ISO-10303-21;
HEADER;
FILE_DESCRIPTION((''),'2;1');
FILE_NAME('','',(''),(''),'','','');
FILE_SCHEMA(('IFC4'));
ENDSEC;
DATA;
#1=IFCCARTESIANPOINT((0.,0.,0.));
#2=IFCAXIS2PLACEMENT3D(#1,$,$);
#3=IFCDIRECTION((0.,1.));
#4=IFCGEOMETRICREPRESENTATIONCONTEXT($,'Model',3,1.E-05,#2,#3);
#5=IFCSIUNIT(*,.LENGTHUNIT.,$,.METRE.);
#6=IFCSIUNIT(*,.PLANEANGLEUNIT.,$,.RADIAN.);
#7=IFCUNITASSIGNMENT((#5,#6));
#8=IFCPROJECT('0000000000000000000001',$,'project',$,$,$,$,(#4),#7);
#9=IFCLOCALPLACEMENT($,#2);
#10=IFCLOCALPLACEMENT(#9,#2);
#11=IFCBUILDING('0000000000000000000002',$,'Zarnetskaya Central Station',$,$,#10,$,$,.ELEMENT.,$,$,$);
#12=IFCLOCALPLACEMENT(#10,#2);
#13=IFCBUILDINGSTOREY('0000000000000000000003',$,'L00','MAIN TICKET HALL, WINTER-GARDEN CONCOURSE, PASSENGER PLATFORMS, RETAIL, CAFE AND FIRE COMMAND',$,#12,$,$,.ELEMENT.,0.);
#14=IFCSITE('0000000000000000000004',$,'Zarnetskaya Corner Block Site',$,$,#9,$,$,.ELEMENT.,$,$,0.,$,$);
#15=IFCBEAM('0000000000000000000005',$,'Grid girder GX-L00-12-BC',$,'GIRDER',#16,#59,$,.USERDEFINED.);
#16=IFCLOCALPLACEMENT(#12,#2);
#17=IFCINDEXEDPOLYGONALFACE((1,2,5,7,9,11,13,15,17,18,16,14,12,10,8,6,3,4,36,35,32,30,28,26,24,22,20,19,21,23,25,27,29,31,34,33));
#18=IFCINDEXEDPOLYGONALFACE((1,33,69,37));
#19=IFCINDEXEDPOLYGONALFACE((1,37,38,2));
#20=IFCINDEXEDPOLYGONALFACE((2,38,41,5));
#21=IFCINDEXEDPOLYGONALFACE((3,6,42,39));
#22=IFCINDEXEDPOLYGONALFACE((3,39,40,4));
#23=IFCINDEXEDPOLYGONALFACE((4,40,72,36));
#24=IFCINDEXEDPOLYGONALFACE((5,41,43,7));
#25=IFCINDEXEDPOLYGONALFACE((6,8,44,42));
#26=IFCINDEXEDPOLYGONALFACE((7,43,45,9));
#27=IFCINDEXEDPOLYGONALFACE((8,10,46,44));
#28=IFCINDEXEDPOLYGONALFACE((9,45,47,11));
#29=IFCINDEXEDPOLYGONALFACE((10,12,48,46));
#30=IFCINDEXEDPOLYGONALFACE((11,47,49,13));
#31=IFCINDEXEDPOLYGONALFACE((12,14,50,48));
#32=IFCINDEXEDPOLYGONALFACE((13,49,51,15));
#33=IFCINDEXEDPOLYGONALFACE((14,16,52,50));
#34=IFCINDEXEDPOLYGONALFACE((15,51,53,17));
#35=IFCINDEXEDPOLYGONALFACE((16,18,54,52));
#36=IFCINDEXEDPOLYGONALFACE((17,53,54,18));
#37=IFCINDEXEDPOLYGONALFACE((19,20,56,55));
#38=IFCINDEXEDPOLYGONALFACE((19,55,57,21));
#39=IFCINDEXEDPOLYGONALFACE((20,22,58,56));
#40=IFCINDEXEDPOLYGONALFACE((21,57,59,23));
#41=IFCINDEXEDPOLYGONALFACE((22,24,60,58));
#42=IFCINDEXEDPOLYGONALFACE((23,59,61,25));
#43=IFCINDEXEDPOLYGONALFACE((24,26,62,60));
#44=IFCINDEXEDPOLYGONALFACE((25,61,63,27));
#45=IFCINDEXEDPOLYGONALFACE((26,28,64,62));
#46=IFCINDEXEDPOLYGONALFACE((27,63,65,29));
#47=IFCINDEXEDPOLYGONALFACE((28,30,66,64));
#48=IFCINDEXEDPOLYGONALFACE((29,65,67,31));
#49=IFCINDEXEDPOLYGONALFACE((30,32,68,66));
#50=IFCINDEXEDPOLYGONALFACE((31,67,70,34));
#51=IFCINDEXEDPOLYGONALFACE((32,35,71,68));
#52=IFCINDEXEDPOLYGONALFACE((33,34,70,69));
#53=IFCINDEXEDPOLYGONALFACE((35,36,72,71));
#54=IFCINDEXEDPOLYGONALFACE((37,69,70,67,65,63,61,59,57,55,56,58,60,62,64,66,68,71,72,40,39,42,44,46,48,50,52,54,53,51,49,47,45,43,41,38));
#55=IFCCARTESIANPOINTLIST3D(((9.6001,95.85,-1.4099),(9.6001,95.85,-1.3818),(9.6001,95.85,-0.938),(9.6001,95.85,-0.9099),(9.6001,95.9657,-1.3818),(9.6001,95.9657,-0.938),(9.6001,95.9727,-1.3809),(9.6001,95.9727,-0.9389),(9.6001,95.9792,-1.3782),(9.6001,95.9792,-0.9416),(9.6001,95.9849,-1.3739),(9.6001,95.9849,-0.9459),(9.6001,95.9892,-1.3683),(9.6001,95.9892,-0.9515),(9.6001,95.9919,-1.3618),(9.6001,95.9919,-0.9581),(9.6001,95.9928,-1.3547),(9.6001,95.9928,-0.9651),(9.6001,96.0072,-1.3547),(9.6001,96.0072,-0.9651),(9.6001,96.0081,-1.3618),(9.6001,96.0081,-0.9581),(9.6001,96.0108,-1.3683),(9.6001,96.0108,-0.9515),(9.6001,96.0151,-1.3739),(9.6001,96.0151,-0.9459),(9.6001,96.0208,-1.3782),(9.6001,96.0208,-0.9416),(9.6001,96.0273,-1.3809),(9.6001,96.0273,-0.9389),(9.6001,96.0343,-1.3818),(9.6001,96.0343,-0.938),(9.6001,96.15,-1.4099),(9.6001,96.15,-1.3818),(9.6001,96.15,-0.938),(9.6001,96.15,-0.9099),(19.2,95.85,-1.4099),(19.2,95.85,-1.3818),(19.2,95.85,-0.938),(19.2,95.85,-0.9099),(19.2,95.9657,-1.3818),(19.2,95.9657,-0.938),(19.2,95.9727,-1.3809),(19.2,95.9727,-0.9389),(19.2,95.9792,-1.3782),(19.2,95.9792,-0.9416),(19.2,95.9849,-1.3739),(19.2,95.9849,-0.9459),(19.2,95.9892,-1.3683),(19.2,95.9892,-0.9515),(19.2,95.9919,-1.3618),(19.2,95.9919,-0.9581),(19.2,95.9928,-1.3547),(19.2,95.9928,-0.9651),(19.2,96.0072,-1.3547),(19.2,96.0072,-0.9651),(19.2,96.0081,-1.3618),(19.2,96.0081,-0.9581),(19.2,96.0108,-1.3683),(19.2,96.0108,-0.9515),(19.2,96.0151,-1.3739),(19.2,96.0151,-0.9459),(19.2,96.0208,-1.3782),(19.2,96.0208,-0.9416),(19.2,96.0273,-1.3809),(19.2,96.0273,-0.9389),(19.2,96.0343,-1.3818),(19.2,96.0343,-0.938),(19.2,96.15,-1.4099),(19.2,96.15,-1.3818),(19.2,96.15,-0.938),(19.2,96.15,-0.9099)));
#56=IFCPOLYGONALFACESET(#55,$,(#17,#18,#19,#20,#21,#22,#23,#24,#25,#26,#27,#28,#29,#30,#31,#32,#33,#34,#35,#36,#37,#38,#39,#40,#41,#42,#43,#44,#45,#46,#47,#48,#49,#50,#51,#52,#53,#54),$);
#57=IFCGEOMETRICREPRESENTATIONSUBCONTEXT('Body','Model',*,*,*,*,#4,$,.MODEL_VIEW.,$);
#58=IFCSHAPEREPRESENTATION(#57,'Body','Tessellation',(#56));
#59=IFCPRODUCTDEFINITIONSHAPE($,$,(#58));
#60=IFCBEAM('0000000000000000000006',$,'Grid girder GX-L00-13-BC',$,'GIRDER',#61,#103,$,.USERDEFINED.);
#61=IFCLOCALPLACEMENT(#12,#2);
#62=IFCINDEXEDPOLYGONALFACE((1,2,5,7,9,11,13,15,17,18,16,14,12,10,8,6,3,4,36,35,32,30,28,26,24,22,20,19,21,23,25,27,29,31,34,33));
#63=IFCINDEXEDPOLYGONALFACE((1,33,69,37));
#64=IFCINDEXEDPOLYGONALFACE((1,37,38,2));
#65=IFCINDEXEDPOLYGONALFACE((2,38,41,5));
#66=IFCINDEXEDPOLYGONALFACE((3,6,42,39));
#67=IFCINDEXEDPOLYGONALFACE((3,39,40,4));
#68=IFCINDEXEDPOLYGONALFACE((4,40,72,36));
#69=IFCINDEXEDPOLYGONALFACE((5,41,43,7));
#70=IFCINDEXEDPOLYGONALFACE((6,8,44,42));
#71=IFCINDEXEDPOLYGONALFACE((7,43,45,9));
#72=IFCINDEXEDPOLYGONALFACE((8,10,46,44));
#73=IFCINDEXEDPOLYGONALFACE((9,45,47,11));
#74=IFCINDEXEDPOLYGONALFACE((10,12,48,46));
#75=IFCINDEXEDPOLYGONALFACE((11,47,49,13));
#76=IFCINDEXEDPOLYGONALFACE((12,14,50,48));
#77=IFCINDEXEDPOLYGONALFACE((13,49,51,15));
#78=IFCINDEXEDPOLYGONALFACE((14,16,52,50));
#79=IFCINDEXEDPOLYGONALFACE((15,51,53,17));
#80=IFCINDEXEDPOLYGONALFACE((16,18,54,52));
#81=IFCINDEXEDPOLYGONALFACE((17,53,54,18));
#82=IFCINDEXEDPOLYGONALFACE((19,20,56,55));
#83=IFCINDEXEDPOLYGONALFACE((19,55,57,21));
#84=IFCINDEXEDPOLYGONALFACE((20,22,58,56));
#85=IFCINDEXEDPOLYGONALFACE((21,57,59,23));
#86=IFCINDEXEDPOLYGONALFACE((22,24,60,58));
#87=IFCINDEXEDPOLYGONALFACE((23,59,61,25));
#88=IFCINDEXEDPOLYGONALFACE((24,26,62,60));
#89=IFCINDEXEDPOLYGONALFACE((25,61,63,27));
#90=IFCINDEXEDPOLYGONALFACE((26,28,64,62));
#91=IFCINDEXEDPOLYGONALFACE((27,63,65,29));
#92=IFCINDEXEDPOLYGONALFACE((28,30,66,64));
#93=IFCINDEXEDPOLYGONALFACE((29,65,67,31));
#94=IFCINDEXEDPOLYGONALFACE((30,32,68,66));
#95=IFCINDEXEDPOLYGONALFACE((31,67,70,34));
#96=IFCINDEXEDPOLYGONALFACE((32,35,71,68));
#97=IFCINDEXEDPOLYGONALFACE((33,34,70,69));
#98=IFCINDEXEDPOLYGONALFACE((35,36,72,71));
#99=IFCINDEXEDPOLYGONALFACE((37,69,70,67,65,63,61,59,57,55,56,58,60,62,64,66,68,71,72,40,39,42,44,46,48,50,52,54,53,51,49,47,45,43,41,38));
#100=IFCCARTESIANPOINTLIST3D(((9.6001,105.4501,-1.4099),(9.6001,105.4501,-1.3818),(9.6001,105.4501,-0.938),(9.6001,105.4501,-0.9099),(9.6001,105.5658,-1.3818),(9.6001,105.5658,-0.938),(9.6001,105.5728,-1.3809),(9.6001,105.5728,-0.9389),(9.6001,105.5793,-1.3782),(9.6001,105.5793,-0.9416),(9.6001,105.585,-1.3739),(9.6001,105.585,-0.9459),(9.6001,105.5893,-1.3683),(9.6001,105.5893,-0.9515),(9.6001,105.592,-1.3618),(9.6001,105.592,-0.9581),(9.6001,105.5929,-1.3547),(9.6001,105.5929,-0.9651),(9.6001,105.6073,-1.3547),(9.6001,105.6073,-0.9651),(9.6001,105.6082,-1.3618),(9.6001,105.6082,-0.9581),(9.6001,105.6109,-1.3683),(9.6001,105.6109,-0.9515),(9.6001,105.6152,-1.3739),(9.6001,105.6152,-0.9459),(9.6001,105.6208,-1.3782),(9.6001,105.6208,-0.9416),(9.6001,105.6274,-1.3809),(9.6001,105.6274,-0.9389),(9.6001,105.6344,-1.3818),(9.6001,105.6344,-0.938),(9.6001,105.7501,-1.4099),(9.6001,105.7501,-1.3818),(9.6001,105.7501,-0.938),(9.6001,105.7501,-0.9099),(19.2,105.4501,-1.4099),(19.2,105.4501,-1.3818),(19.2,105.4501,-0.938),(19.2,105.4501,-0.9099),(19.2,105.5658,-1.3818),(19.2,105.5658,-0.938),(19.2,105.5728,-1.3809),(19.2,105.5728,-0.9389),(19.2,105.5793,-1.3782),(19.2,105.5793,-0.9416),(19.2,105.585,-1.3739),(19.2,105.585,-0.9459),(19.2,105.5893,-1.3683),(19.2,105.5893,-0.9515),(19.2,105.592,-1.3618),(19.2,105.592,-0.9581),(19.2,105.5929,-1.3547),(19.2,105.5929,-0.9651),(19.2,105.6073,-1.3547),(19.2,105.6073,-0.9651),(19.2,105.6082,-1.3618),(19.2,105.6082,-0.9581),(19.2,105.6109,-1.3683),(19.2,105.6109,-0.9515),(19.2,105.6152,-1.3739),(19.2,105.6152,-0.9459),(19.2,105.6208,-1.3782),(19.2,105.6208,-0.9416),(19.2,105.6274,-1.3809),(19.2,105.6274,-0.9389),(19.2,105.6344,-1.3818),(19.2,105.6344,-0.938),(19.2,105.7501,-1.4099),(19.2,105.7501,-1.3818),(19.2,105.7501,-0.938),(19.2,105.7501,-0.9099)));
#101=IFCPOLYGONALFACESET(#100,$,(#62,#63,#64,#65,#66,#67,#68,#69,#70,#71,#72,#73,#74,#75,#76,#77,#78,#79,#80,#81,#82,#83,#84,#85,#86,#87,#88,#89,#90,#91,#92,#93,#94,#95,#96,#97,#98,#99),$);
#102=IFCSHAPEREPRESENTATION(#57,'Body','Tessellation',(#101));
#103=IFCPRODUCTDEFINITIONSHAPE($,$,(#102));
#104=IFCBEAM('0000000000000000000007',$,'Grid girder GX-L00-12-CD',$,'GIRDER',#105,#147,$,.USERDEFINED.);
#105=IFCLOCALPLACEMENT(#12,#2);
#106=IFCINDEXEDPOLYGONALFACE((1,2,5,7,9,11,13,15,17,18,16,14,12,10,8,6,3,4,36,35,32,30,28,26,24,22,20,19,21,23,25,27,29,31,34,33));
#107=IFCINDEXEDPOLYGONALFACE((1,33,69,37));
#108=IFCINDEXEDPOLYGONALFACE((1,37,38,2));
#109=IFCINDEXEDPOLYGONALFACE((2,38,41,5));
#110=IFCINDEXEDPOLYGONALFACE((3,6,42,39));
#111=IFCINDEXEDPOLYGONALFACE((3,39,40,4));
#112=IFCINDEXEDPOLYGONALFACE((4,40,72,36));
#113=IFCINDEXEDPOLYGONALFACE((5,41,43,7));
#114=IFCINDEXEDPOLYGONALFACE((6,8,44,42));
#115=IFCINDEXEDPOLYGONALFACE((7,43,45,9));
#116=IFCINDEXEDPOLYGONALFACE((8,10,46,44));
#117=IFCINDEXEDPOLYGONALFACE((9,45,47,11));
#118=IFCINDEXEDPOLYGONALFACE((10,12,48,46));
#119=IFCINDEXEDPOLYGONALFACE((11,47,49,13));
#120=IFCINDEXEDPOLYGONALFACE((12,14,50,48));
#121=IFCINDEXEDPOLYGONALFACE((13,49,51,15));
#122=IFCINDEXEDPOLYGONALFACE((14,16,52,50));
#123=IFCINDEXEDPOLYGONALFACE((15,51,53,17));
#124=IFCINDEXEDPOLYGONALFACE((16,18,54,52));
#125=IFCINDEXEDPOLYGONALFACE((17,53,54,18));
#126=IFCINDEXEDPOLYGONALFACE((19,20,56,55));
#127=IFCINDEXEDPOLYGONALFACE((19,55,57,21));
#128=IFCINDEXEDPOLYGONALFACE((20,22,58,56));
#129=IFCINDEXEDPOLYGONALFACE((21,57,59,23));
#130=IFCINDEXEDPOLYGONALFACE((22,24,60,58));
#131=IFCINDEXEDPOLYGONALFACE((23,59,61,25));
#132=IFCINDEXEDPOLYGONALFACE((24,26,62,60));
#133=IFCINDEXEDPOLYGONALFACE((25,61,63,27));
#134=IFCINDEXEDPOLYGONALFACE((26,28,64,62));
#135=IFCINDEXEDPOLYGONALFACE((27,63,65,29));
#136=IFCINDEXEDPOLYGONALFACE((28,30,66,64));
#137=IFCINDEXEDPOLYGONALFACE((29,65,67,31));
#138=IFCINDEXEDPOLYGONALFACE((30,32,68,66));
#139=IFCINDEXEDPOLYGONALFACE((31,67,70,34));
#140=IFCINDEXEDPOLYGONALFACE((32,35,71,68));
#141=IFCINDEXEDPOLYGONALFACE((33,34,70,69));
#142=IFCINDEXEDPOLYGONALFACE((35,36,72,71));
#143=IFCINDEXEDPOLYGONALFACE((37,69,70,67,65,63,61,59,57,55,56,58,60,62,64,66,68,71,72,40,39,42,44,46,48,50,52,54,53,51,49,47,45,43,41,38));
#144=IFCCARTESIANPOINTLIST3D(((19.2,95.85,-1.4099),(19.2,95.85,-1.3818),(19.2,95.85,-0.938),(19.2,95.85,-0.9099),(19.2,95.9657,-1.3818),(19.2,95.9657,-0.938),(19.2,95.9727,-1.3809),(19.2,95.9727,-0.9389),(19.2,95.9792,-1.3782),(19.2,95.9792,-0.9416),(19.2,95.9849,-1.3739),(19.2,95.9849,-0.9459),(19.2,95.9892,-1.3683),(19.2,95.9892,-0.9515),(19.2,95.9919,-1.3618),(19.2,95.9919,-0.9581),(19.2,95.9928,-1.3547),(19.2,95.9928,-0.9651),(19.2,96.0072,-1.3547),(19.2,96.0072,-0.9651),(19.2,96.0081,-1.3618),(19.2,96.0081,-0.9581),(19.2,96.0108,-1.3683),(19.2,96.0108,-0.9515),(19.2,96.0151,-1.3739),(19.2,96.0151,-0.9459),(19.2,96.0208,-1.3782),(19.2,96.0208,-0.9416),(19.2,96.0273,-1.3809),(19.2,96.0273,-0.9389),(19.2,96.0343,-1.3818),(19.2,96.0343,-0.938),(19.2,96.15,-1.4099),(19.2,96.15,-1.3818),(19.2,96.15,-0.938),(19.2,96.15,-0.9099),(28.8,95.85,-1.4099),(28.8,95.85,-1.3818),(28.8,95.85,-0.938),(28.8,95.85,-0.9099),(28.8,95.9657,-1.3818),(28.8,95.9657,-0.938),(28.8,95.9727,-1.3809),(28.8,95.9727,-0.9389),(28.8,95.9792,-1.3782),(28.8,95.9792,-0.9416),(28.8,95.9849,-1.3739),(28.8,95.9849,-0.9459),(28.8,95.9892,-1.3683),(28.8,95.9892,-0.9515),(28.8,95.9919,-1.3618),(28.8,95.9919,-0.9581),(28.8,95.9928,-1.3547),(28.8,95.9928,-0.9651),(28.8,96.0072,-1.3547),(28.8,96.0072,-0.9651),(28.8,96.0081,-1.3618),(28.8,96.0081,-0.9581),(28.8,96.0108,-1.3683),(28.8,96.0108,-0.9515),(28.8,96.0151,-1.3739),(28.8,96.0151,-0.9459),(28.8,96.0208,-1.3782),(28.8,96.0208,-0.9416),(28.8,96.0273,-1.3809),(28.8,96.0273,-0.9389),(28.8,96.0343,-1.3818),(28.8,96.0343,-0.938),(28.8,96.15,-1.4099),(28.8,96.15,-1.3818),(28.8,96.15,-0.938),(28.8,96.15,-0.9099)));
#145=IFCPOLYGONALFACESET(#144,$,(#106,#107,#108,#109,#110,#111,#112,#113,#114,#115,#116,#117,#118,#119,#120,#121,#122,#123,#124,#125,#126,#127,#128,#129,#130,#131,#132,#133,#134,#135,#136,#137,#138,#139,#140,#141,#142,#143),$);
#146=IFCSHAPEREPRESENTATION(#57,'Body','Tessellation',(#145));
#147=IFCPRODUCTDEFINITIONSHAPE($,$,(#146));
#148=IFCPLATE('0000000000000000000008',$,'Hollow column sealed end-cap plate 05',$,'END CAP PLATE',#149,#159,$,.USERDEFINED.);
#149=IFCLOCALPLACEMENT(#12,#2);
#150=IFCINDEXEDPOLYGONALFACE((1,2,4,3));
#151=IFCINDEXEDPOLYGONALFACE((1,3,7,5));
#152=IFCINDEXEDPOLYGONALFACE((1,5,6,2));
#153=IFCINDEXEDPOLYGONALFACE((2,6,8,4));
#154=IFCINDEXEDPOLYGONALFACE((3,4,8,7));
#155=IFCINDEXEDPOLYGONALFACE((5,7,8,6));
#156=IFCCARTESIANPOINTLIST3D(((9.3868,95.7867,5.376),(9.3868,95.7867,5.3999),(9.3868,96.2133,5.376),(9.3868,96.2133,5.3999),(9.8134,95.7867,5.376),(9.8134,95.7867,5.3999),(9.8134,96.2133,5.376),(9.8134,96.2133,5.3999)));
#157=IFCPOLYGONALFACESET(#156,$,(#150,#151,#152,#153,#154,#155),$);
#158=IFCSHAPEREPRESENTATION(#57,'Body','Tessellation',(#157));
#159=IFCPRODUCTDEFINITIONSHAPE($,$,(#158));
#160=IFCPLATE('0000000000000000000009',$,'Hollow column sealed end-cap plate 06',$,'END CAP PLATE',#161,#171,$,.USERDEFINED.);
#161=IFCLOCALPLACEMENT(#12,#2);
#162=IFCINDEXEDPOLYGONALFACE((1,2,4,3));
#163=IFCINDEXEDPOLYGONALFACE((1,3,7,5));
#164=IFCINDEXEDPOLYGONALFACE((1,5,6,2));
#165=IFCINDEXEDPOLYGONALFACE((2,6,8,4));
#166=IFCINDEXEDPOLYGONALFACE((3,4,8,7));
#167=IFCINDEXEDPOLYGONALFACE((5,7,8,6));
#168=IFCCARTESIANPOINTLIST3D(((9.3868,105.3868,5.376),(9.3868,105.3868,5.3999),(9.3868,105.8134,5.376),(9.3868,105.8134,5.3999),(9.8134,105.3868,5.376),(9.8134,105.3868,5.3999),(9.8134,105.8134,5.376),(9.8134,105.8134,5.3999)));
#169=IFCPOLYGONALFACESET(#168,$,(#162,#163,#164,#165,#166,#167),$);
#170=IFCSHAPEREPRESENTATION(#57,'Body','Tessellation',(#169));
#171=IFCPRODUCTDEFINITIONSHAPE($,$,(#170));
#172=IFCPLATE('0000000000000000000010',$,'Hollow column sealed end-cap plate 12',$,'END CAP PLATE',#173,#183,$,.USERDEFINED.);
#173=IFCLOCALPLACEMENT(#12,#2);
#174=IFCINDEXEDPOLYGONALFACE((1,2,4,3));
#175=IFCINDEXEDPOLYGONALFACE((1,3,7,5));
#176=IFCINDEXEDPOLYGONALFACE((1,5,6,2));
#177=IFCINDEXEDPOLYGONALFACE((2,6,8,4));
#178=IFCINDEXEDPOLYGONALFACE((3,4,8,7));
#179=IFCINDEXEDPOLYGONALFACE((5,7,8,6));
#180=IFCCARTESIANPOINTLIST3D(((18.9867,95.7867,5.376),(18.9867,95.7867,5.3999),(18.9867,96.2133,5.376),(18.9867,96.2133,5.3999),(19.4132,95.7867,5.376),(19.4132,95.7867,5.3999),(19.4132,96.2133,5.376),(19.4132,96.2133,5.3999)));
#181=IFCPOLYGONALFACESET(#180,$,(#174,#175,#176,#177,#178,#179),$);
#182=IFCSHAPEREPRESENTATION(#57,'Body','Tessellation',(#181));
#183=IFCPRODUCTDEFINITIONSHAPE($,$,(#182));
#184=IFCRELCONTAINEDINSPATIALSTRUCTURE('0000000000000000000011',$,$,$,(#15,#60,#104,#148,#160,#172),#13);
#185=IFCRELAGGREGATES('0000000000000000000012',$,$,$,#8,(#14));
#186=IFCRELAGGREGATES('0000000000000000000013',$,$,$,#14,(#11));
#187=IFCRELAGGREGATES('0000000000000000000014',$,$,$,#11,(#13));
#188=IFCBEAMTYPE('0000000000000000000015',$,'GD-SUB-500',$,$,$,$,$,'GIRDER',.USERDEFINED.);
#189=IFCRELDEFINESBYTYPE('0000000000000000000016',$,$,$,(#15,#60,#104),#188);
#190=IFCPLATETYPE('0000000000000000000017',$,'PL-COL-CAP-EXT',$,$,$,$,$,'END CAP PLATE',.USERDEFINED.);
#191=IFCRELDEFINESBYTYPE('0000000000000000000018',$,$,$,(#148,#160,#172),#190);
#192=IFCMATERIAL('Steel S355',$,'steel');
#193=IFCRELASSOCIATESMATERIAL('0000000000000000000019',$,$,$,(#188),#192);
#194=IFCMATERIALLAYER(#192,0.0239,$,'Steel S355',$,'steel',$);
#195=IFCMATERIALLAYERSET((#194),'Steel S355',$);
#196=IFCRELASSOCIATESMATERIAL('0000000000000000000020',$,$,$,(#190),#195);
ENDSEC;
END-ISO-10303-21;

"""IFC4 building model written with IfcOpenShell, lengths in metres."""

from ifc_helpers import new_model, si_unit, direction, frame, origin, origin_2d, place, context, subcontext, project, spatial, rectangle, i_section, extrude, material, layer, layer_set, material_profile, profile_set, type_object, element, save


model = new_model("IFC4")

# Units and contexts
model_context = context("Model", 3, precision=1e-05, world=origin(), true_north=direction((0.0, 1.0)))
body_context = subcontext(model_context, "Body", "Model", "MODEL_VIEW")
ifc_project = project(units=[si_unit("LENGTHUNIT", "METRE"), si_unit("PLANEANGLEUNIT", "RADIAN")], contexts=[model_context])

# Site, building, storey
site_placement = place(None, origin())
site = spatial("IfcSite", under=ifc_project, at=site_placement, Name="Zarnetskaya Corner Block Site", CompositionType="ELEMENT", RefElevation=0.0)
building_placement = place(site_placement, origin())
building = spatial("IfcBuilding", under=site, at=building_placement, Name="Zarnetskaya Central Station", CompositionType="ELEMENT")
storey_placement = place(building_placement, origin())
storey = spatial("IfcBuildingStorey", under=building, at=storey_placement, Name="L00", Description="MAIN TICKET HALL, WINTER-GARDEN CONCOURSE, PASSENGER PLATFORMS, RETAIL, CAFE AND FIRE COMMAND", CompositionType="ELEMENT", Elevation=0.0)

# Shared definitions
ifc_material = material(Name="Steel S355", Category="steel")

# Beams
ifc_material_profile_1 = material_profile(ifc_material, i_section(OverallWidth=0.3, OverallDepth=0.5, WebThickness=0.0144, FlangeThickness=0.0281, FilletRadius=0.0271, at=origin_2d()), Name="HEB 500")
ifc_profile_set_1 = profile_set([ifc_material_profile_1], Name="Steel S355")
beam_type_1 = type_object("IfcBeamType", Name="GD-SUB-500", ElementType="GIRDER", PredefinedType="USERDEFINED", material=ifc_profile_set_1)
for number, where, z_axis, x_axis, name in (
    (1, (9.6001, 96.0, -1.1599), (1.0, 0.0, 0.0), (0.0, 1.0, 0.0), "Grid girder GX-L00-12-BC"),
    (2, (9.6001, 105.6001, -1.1599), (1.0, 0.0, 0.0), (0.0, 1.0, 0.0), "Grid girder GX-L00-13-BC"),
):
    element("IfcBeam", number, at=place(storey_placement, frame(where, z_axis=z_axis, x_axis=x_axis)), inside=storey, type_object=beam_type_1, Name=name, ObjectType="GIRDER", PredefinedType="USERDEFINED", context=body_context, shape_type="SweptSolid", body=[
        extrude(i_section(OverallWidth=0.3, OverallDepth=0.5, WebThickness=0.0144, FlangeThickness=0.0281, FilletRadius=0.0271, at=origin_2d()), origin(), (0.0, 0.0, 1.0), 9.5999),
    ])
beam_1_placement = place(storey_placement, frame((19.2, 96.0, -1.1599), z_axis=(1.0, 0.0, 0.0), x_axis=(0.0, 1.0, 0.0)))
element("IfcBeam", 3, at=beam_1_placement, inside=storey, type_object=beam_type_1, Name="Grid girder GX-L00-12-CD", ObjectType="GIRDER", PredefinedType="USERDEFINED", context=body_context, shape_type="SweptSolid", body=[
    extrude(i_section(OverallWidth=0.3, OverallDepth=0.5, WebThickness=0.0144, FlangeThickness=0.0281, FilletRadius=0.0271, at=origin_2d()), origin(), (0.0, 0.0, 1.0), 9.6001),
])

# Plates
ifc_layer = layer(ifc_material, 0.0239, Name="Steel S355", Category="steel")
ifc_layer_set = layer_set([ifc_layer], Name="Steel S355")
plate_type = type_object("IfcPlateType", Name="PL-COL-CAP-EXT", ElementType="END CAP PLATE", PredefinedType="USERDEFINED", material=ifc_layer_set)
for number, where, z_axis, x_axis, name in (
    (4, (9.6001, 96.0, 5.376), (0.0, 0.0, 1.0), (1.0, 0.0, 0.0), "Hollow column sealed end-cap plate 05"),
    (5, (9.6001, 105.6001, 5.376), (0.0, 0.0, 1.0), (1.0, 0.0, 0.0), "Hollow column sealed end-cap plate 06"),
    (6, (19.2, 96.0, 5.376), (0.0, 0.0, 1.0), (1.0, 0.0, 0.0), "Hollow column sealed end-cap plate 12"),
):
    element("IfcPlate", number, at=place(storey_placement, frame(where, z_axis=z_axis, x_axis=x_axis)), inside=storey, type_object=plate_type, Name=name, ObjectType="END CAP PLATE", PredefinedType="USERDEFINED", context=body_context, shape_type="SweptSolid", body=[
        extrude(rectangle(XDim=0.4265, YDim=0.4265, at=origin_2d()), origin(), (0.0, 0.0, 1.0), 0.0239),
    ])

save(model, "model.ifc")
